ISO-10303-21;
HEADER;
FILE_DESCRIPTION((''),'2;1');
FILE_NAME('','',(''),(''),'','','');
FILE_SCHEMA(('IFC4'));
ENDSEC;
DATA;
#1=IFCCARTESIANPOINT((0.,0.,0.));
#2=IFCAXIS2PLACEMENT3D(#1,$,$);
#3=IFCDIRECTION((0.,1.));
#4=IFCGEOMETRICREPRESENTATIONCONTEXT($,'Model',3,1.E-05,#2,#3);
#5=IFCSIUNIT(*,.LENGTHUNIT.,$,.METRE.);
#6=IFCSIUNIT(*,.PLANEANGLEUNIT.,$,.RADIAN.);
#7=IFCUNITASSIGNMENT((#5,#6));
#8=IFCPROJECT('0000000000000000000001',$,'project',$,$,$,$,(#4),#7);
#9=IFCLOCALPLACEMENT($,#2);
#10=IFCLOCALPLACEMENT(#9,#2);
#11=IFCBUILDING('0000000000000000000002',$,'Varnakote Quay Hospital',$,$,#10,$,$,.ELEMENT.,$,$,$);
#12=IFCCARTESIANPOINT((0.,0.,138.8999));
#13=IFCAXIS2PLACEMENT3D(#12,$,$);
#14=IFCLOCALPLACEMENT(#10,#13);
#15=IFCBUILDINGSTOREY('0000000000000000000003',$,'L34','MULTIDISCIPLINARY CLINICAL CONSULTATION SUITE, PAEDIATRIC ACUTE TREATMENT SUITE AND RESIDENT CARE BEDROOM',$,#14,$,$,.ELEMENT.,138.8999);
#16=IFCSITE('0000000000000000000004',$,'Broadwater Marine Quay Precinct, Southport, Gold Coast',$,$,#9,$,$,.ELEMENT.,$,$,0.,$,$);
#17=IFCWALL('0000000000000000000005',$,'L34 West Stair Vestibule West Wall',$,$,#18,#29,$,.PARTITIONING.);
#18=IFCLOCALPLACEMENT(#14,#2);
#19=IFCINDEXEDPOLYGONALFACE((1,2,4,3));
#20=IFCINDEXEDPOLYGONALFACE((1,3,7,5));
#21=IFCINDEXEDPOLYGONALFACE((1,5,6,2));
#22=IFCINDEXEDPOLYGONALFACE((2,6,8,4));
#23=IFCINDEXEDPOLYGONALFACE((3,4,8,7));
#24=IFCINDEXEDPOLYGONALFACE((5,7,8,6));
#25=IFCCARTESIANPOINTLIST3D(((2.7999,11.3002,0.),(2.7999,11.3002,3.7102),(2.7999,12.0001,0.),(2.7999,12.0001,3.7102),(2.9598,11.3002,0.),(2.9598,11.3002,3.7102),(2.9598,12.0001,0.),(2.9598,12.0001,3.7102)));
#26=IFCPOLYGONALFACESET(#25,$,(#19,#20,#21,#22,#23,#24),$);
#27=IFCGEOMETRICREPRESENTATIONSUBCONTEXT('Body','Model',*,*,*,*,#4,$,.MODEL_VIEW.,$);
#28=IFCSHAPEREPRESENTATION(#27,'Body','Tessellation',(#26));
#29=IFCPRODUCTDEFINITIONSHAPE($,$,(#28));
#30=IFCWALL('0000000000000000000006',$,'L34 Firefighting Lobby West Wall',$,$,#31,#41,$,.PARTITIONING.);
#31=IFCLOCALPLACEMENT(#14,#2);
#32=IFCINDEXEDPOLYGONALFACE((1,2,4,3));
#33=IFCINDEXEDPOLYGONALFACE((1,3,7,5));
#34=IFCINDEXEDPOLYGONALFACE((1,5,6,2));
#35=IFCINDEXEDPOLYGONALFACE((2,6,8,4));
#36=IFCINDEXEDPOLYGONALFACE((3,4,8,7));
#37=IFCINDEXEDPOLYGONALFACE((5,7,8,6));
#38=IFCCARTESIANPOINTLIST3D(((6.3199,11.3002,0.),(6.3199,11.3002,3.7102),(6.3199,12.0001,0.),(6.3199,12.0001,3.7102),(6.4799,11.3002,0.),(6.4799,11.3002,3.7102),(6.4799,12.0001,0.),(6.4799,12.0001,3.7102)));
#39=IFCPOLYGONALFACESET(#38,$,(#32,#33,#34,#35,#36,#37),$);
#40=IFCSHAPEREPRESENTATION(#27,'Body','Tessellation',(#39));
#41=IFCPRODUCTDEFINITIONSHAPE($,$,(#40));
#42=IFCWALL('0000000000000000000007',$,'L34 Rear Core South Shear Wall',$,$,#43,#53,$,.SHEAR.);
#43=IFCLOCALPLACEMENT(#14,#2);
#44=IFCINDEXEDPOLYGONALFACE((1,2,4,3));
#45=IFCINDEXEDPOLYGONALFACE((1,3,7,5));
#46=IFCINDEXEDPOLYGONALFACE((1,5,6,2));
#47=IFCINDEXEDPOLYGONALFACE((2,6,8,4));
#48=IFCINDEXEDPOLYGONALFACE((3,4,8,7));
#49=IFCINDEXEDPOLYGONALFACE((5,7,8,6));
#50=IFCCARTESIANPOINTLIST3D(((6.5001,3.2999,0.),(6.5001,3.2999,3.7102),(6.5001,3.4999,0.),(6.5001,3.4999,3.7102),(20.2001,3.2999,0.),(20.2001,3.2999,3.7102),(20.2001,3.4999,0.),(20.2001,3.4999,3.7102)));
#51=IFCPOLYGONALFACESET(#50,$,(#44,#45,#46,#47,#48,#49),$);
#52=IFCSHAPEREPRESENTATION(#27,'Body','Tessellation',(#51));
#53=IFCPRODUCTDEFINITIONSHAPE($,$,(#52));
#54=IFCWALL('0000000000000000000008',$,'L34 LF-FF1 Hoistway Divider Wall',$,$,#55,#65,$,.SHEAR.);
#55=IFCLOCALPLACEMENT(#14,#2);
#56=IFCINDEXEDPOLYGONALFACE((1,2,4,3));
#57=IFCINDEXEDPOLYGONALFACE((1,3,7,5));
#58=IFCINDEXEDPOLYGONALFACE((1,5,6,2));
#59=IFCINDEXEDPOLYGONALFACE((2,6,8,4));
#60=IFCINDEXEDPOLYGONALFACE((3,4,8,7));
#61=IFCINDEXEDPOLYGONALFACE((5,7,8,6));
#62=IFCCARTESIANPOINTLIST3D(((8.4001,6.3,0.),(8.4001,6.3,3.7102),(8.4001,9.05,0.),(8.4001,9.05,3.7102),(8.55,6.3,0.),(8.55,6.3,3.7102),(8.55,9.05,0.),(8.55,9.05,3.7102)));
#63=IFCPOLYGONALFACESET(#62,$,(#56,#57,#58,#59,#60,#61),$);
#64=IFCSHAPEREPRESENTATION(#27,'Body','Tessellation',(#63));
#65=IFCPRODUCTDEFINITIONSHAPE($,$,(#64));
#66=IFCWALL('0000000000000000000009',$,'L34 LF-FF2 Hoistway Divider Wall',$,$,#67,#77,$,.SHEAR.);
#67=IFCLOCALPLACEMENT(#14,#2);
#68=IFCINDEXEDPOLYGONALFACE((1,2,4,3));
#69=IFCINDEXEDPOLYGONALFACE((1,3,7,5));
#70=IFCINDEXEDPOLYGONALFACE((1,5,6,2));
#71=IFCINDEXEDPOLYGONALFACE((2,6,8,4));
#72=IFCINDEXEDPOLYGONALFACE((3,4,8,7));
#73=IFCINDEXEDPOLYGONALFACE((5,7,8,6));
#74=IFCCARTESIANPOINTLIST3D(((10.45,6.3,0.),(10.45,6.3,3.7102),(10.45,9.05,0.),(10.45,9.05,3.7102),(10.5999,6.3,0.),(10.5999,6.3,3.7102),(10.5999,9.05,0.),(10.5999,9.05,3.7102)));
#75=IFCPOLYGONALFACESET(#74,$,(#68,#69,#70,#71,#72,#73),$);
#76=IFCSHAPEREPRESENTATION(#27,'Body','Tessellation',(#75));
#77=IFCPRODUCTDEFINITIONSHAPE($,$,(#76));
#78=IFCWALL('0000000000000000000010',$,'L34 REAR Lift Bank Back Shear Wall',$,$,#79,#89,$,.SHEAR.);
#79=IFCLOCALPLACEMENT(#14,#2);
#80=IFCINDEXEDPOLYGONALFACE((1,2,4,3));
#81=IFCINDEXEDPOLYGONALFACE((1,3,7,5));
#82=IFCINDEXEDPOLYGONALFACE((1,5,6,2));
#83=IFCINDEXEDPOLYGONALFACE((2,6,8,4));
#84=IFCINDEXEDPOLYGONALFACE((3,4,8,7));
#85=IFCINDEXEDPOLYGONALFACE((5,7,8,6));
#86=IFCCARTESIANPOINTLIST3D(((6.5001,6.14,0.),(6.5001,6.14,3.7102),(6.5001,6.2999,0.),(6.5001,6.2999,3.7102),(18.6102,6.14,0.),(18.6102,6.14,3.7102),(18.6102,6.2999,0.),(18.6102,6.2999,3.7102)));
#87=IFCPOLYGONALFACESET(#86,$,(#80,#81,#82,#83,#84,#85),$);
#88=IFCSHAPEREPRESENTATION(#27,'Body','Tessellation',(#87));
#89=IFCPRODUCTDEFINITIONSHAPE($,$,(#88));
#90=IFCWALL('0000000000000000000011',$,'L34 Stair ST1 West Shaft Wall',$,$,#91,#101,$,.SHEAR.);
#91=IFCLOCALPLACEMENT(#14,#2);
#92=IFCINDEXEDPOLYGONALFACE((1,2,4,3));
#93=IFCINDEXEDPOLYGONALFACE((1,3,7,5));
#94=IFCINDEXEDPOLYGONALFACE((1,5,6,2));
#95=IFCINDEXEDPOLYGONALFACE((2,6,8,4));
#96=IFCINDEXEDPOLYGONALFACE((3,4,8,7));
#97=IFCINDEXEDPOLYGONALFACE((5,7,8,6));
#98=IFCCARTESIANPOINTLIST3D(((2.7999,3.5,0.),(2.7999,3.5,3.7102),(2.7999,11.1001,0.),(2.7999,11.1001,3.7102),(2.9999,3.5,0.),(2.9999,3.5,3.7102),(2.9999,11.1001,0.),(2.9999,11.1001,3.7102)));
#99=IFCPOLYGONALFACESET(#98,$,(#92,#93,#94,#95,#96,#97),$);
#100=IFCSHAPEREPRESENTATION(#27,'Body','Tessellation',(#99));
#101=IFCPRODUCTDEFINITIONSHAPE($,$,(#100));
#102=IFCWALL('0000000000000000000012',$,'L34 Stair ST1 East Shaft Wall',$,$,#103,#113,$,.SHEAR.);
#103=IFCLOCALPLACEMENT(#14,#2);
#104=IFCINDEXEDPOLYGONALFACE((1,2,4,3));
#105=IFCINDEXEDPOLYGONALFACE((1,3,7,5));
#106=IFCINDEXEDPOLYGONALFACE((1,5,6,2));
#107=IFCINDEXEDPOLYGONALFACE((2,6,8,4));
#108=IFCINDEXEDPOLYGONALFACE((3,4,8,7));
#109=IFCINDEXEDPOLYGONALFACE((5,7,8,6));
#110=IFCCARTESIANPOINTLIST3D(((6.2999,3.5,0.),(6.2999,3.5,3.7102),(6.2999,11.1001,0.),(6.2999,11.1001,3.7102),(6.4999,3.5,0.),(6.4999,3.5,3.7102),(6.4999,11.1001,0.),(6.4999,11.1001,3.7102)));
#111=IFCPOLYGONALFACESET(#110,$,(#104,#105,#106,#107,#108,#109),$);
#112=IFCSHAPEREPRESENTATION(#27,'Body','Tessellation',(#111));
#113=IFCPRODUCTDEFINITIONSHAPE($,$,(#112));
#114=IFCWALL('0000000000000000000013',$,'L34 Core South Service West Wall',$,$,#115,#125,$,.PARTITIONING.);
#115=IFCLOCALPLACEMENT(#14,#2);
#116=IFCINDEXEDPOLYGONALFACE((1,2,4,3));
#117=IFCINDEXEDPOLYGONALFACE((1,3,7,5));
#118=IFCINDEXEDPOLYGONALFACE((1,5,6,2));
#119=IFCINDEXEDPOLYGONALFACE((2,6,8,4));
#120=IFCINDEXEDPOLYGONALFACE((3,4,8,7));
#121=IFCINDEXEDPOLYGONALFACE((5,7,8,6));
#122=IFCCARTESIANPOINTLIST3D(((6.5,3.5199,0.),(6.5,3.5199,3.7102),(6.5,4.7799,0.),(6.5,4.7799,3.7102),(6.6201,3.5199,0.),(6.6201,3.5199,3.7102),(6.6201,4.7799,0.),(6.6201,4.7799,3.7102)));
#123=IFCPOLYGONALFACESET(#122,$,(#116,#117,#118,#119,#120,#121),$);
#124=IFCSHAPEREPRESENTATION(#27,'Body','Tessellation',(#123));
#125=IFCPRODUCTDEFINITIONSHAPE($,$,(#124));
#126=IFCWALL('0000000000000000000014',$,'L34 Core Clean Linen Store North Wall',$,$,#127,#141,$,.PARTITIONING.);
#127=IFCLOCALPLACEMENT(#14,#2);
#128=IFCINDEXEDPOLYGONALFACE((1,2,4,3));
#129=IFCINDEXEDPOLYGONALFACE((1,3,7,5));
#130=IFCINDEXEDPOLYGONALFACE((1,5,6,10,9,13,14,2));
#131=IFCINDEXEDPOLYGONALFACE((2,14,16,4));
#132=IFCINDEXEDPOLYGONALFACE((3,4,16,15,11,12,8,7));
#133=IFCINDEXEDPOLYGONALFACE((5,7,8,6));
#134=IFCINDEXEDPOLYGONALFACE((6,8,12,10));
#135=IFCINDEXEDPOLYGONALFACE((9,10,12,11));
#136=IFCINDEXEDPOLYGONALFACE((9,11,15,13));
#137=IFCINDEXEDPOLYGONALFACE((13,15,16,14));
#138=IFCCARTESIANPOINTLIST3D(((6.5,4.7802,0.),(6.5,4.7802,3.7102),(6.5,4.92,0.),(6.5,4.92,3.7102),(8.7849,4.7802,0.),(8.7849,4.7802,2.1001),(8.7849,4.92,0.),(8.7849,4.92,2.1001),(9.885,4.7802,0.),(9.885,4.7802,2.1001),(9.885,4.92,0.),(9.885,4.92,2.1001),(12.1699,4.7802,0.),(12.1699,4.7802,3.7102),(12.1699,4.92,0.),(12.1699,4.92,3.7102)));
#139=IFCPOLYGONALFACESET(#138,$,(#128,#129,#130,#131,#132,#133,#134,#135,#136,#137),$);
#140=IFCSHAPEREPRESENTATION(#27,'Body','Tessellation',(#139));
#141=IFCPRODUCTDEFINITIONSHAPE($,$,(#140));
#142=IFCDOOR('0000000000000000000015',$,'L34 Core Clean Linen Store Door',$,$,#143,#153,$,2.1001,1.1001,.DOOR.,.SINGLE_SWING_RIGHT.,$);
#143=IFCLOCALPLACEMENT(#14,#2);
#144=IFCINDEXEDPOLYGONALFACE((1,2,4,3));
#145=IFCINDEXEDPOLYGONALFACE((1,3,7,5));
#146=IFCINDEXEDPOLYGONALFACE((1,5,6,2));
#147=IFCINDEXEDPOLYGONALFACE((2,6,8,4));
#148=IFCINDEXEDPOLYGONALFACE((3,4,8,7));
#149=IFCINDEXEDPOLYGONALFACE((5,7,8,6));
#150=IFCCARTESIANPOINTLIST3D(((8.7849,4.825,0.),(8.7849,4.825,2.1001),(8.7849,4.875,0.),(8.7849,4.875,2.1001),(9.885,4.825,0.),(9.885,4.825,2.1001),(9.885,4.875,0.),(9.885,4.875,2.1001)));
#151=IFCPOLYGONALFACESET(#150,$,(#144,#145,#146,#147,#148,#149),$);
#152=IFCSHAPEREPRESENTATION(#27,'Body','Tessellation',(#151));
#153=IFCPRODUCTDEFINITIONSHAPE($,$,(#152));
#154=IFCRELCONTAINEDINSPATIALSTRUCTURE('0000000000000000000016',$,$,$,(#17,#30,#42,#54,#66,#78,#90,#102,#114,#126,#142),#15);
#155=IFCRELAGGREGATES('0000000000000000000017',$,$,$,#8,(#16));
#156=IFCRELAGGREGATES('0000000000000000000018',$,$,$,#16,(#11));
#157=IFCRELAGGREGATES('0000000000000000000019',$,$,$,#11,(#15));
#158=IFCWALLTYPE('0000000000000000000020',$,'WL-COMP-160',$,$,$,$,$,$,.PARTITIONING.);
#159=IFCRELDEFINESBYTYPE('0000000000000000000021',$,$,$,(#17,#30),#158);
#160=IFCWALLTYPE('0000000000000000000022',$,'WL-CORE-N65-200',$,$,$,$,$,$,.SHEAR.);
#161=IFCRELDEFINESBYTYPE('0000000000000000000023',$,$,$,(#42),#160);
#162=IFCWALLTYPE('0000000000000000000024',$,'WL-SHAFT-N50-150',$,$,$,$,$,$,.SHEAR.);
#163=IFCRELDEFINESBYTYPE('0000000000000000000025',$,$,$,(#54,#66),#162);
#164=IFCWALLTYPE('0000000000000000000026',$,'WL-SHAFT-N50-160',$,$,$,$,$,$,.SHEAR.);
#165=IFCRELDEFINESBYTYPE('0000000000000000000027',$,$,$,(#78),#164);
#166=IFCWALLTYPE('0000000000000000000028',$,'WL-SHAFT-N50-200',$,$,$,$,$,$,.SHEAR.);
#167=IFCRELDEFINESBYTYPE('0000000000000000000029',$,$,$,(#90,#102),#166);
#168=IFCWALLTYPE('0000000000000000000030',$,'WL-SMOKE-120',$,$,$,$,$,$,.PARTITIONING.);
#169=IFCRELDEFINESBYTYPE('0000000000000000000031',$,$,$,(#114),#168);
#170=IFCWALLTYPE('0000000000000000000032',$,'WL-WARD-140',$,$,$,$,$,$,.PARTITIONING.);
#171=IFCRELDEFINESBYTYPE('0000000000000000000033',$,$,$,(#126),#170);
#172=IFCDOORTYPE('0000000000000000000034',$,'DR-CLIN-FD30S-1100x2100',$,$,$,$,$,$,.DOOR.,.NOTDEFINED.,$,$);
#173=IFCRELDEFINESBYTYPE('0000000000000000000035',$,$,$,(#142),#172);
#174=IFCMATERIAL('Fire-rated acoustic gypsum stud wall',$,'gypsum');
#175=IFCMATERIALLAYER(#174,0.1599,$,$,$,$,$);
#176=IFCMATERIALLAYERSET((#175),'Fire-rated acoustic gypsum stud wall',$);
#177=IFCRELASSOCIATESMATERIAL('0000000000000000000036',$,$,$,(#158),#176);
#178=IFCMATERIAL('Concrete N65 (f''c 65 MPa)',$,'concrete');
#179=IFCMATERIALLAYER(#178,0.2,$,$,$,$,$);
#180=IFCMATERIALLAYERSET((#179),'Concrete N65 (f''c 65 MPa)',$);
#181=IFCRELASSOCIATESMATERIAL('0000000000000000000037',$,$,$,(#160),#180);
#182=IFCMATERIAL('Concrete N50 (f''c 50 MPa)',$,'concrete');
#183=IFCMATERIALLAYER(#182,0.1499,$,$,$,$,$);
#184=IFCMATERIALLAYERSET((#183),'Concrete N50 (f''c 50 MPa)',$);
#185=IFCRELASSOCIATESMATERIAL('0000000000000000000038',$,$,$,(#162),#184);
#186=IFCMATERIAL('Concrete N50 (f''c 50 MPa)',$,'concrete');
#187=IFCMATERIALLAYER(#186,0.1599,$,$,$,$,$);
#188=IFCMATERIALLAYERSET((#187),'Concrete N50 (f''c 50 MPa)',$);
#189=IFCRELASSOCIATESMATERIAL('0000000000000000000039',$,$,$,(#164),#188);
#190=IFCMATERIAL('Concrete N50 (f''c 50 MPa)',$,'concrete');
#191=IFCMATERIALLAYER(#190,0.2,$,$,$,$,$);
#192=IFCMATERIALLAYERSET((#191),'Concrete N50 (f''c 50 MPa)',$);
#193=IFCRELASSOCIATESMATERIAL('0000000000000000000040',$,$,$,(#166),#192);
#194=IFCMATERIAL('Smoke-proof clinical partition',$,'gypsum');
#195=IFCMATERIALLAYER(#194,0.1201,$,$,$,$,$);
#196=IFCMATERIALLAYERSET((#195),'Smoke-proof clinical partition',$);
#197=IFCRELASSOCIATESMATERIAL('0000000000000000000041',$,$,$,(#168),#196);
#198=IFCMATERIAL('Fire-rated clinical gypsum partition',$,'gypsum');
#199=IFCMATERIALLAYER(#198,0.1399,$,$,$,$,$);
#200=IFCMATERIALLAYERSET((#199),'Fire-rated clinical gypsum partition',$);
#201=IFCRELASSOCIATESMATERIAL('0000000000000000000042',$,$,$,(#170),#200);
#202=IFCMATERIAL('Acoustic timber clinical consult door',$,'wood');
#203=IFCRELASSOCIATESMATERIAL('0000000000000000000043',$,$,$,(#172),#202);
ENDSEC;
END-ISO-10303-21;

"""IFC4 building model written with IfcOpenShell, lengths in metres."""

from ifc_helpers import new_model, si_unit, direction, frame, frame_2d, origin, place, context, subcontext, project, spatial, rectangle, extrude, material, layer, layer_set, type_object, element, fill, save


model = new_model("IFC4")

# Units and contexts
model_context = context("Model", 3, precision=1e-05, world=origin(), true_north=direction((0.0, 1.0)))
body_context = subcontext(model_context, "Body", "Model", "MODEL_VIEW")
ifc_project = project(units=[si_unit("LENGTHUNIT", "METRE"), si_unit("PLANEANGLEUNIT", "RADIAN")], contexts=[model_context])

# Site, building, storey
site_placement = place(None, origin())
site = spatial("IfcSite", under=ifc_project, at=site_placement, Name="Broadwater Marine Quay Precinct, Southport, Gold Coast", CompositionType="ELEMENT", RefElevation=0.0)
building_placement = place(site_placement, origin())
building = spatial("IfcBuilding", under=site, at=building_placement, Name="Varnakote Quay Hospital", CompositionType="ELEMENT")
storey_placement = place(building_placement, frame((0.0, 0.0, 138.8999)))
storey = spatial("IfcBuildingStorey", under=building, at=storey_placement, Name="L34", Description="MULTIDISCIPLINARY CLINICAL CONSULTATION SUITE, PAEDIATRIC ACUTE TREATMENT SUITE AND RESIDENT CARE BEDROOM", CompositionType="ELEMENT", Elevation=138.8999)

# Walls
ifc_material_1 = material(Name="Fire-rated acoustic gypsum stud wall", Category="gypsum")
ifc_layer_1 = layer(ifc_material_1, 0.1599)
ifc_layer_set_1 = layer_set([ifc_layer_1], Name="Fire-rated acoustic gypsum stud wall")
wall_type_1 = type_object("IfcWallType", Name="WL-COMP-160", PredefinedType="PARTITIONING", material=ifc_layer_set_1)
for number, where, z_axis, x_axis, name in (
    (1, (2.8799, 11.3, 0.0), (0.0, 0.0, 1.0), (0.0, 1.0, 0.0), "L34 West Stair Vestibule West Wall"),
    (2, (6.3999, 11.3, 0.0), (0.0, 0.0, 1.0), (0.0, 1.0, 0.0), "L34 Firefighting Lobby West Wall"),
):
    element("IfcWall", number, at=place(storey_placement, frame(where, z_axis=z_axis, x_axis=x_axis)), inside=storey, type_object=wall_type_1, Name=name, PredefinedType="PARTITIONING", context=body_context, shape_type="SweptSolid", body=[
        extrude(rectangle(XDim=0.7, YDim=0.1599, at=frame_2d((0.3501, 0.0))), origin(), (0.0, 0.0, 1.0), 3.7102),
    ])
ifc_material_2 = material(Name="Concrete N65 (f'c 65 MPa)", Category="concrete")
ifc_layer_2 = layer(ifc_material_2, 0.2)
ifc_layer_set_2 = layer_set([ifc_layer_2], Name="Concrete N65 (f'c 65 MPa)")
wall_type_2 = type_object("IfcWallType", Name="WL-CORE-N65-200", PredefinedType="SHEAR", material=ifc_layer_set_2)
wall_1_placement = place(storey_placement, frame((6.5, 3.3999, 0.0), z_axis=(0.0, 0.0, 1.0), x_axis=(1.0, 0.0, 0.0)))
element("IfcWall", 3, at=wall_1_placement, inside=storey, type_object=wall_type_2, Name="L34 Rear Core South Shear Wall", PredefinedType="SHEAR", context=body_context, shape_type="SweptSolid", body=[
    extrude(rectangle(XDim=13.7, YDim=0.2, at=frame_2d((6.8501, 0.0))), origin(), (0.0, 0.0, 1.0), 3.7102),
])
ifc_material_3 = material(Name="Concrete N50 (f'c 50 MPa)", Category="concrete")
ifc_layer_3 = layer(ifc_material_3, 0.1499)
ifc_layer_set_3 = layer_set([ifc_layer_3], Name="Concrete N50 (f'c 50 MPa)")
wall_type_3 = type_object("IfcWallType", Name="WL-SHAFT-N50-150", PredefinedType="SHEAR", material=ifc_layer_set_3)
for number, where, z_axis, x_axis, name in (
    (4, (8.4751, 6.3, 0.0), (0.0, 0.0, 1.0), (0.0, 1.0, 0.0), "L34 LF-FF1 Hoistway Divider Wall"),
    (5, (10.5249, 6.3, 0.0), (0.0, 0.0, 1.0), (0.0, 1.0, 0.0), "L34 LF-FF2 Hoistway Divider Wall"),
):
    element("IfcWall", number, at=place(storey_placement, frame(where, z_axis=z_axis, x_axis=x_axis)), inside=storey, type_object=wall_type_3, Name=name, PredefinedType="SHEAR", context=body_context, shape_type="SweptSolid", body=[
        extrude(rectangle(XDim=2.75, YDim=0.1499, at=frame_2d((1.375, 0.0))), origin(), (0.0, 0.0, 1.0), 3.7102),
    ])
ifc_material_4 = material(Name="Concrete N50 (f'c 50 MPa)", Category="concrete")
ifc_layer_4 = layer(ifc_material_4, 0.1599)
ifc_layer_set_4 = layer_set([ifc_layer_4], Name="Concrete N50 (f'c 50 MPa)")
wall_type_4 = type_object("IfcWallType", Name="WL-SHAFT-N50-160", PredefinedType="SHEAR", material=ifc_layer_set_4)
wall_2_placement = place(storey_placement, frame((6.5, 6.22, 0.0), z_axis=(0.0, 0.0, 1.0), x_axis=(1.0, 0.0, 0.0)))
element("IfcWall", 6, at=wall_2_placement, inside=storey, type_object=wall_type_4, Name="L34 REAR Lift Bank Back Shear Wall", PredefinedType="SHEAR", context=body_context, shape_type="SweptSolid", body=[
    extrude(rectangle(XDim=12.1101, YDim=0.1599, at=frame_2d((6.0552, 0.0))), origin(), (0.0, 0.0, 1.0), 3.7102),
])

# Walls
ifc_material_5 = material(Name="Concrete N50 (f'c 50 MPa)", Category="concrete")
ifc_layer_5 = layer(ifc_material_5, 0.2)
ifc_layer_set_5 = layer_set([ifc_layer_5], Name="Concrete N50 (f'c 50 MPa)")
wall_type_5 = type_object("IfcWallType", Name="WL-SHAFT-N50-200", PredefinedType="SHEAR", material=ifc_layer_set_5)
for number, where, z_axis, x_axis, name in (
    (7, (2.8999, 3.5, 0.0), (0.0, 0.0, 1.0), (0.0, 1.0, 0.0), "L34 Stair ST1 West Shaft Wall"),
    (8, (6.3999, 3.5, 0.0), (0.0, 0.0, 1.0), (0.0, 1.0, 0.0), "L34 Stair ST1 East Shaft Wall"),
):
    element("IfcWall", number, at=place(storey_placement, frame(where, z_axis=z_axis, x_axis=x_axis)), inside=storey, type_object=wall_type_5, Name=name, PredefinedType="SHEAR", context=body_context, shape_type="SweptSolid", body=[
        extrude(rectangle(XDim=7.6001, YDim=0.2, at=frame_2d((3.8, 0.0))), origin(), (0.0, 0.0, 1.0), 3.7102),
    ])
ifc_material_6 = material(Name="Smoke-proof clinical partition", Category="gypsum")
ifc_layer_6 = layer(ifc_material_6, 0.1201)
ifc_layer_set_6 = layer_set([ifc_layer_6], Name="Smoke-proof clinical partition")
wall_type_6 = type_object("IfcWallType", Name="WL-SMOKE-120", PredefinedType="PARTITIONING", material=ifc_layer_set_6)
wall_3_placement = place(storey_placement, frame((6.5601, 3.52, 0.0), z_axis=(0.0, 0.0, 1.0), x_axis=(0.0, 1.0, 0.0)))
element("IfcWall", 9, at=wall_3_placement, inside=storey, type_object=wall_type_6, Name="L34 Core South Service West Wall", PredefinedType="PARTITIONING", context=body_context, shape_type="SweptSolid", body=[
    extrude(rectangle(XDim=1.26, YDim=0.1201, at=frame_2d((0.6299, 0.0))), origin(), (0.0, 0.0, 1.0), 3.7102),
])

# Wall, opening, door
ifc_material_7 = material(Name="Fire-rated clinical gypsum partition", Category="gypsum")
ifc_layer_7 = layer(ifc_material_7, 0.1399)
ifc_layer_set_7 = layer_set([ifc_layer_7], Name="Fire-rated clinical gypsum partition")
wall_type_7 = type_object("IfcWallType", Name="WL-WARD-140", PredefinedType="PARTITIONING", material=ifc_layer_set_7)
wall_4_placement = place(storey_placement, frame((6.5, 4.8501, 0.0), z_axis=(0.0, 0.0, 1.0), x_axis=(1.0, 0.0, 0.0)))
wall_4 = element("IfcWall", 10, at=wall_4_placement, inside=storey, type_object=wall_type_7, Name="L34 Core Clean Linen Store North Wall", PredefinedType="PARTITIONING", context=body_context, shape_type="SweptSolid", body=[
    extrude(rectangle(XDim=5.6699, YDim=0.1399, at=frame_2d((2.835, 0.0))), origin(), (0.0, 0.0, 1.0), 3.7102),
])
opening_1_placement = place(wall_4_placement, frame((2.2849, 0.0, 0.0)))
opening_1 = element("IfcOpeningElement", 11, at=opening_1_placement, cuts=wall_4, PredefinedType="OPENING", context=body_context, shape_type="SweptSolid", body=[
    extrude(rectangle(XDim=1.1001, YDim=2.1001, at=frame_2d((0.55, 1.05))), frame((0.0, 0.0798, 0.0), z_axis=(0.0, -1.0, 0.0), x_axis=(1.0, 0.0, 0.0)), (0.0, 0.0, 1.0), 0.1599),
])
ifc_material_8 = material(Name="Acoustic timber clinical consult door", Category="wood")
door_type_1 = type_object("IfcDoorType", Name="DR-CLIN-FD30S-1100x2100", OperationType="NOTDEFINED", PredefinedType="DOOR", material=ifc_material_8)
door_1_placement = place(opening_1_placement, origin())
door_1 = element("IfcDoor", 12, at=door_1_placement, inside=storey, type_object=door_type_1, Name="L34 Core Clean Linen Store Door", OperationType="SINGLE_SWING_RIGHT", OverallHeight=2.1001, OverallWidth=1.1001, PredefinedType="DOOR", context=body_context, shape_type="SweptSolid", body=[
    extrude(rectangle(XDim=1.1001, YDim=2.1001, at=frame_2d((0.55, 1.05))), frame((0.0, 0.0249, 0.0), z_axis=(0.0, -1.0, 0.0), x_axis=(1.0, 0.0, 0.0)), (0.0, 0.0, 1.0), 0.05),
])
fill(opening_1, door_1)

save(model, "model.ifc")
